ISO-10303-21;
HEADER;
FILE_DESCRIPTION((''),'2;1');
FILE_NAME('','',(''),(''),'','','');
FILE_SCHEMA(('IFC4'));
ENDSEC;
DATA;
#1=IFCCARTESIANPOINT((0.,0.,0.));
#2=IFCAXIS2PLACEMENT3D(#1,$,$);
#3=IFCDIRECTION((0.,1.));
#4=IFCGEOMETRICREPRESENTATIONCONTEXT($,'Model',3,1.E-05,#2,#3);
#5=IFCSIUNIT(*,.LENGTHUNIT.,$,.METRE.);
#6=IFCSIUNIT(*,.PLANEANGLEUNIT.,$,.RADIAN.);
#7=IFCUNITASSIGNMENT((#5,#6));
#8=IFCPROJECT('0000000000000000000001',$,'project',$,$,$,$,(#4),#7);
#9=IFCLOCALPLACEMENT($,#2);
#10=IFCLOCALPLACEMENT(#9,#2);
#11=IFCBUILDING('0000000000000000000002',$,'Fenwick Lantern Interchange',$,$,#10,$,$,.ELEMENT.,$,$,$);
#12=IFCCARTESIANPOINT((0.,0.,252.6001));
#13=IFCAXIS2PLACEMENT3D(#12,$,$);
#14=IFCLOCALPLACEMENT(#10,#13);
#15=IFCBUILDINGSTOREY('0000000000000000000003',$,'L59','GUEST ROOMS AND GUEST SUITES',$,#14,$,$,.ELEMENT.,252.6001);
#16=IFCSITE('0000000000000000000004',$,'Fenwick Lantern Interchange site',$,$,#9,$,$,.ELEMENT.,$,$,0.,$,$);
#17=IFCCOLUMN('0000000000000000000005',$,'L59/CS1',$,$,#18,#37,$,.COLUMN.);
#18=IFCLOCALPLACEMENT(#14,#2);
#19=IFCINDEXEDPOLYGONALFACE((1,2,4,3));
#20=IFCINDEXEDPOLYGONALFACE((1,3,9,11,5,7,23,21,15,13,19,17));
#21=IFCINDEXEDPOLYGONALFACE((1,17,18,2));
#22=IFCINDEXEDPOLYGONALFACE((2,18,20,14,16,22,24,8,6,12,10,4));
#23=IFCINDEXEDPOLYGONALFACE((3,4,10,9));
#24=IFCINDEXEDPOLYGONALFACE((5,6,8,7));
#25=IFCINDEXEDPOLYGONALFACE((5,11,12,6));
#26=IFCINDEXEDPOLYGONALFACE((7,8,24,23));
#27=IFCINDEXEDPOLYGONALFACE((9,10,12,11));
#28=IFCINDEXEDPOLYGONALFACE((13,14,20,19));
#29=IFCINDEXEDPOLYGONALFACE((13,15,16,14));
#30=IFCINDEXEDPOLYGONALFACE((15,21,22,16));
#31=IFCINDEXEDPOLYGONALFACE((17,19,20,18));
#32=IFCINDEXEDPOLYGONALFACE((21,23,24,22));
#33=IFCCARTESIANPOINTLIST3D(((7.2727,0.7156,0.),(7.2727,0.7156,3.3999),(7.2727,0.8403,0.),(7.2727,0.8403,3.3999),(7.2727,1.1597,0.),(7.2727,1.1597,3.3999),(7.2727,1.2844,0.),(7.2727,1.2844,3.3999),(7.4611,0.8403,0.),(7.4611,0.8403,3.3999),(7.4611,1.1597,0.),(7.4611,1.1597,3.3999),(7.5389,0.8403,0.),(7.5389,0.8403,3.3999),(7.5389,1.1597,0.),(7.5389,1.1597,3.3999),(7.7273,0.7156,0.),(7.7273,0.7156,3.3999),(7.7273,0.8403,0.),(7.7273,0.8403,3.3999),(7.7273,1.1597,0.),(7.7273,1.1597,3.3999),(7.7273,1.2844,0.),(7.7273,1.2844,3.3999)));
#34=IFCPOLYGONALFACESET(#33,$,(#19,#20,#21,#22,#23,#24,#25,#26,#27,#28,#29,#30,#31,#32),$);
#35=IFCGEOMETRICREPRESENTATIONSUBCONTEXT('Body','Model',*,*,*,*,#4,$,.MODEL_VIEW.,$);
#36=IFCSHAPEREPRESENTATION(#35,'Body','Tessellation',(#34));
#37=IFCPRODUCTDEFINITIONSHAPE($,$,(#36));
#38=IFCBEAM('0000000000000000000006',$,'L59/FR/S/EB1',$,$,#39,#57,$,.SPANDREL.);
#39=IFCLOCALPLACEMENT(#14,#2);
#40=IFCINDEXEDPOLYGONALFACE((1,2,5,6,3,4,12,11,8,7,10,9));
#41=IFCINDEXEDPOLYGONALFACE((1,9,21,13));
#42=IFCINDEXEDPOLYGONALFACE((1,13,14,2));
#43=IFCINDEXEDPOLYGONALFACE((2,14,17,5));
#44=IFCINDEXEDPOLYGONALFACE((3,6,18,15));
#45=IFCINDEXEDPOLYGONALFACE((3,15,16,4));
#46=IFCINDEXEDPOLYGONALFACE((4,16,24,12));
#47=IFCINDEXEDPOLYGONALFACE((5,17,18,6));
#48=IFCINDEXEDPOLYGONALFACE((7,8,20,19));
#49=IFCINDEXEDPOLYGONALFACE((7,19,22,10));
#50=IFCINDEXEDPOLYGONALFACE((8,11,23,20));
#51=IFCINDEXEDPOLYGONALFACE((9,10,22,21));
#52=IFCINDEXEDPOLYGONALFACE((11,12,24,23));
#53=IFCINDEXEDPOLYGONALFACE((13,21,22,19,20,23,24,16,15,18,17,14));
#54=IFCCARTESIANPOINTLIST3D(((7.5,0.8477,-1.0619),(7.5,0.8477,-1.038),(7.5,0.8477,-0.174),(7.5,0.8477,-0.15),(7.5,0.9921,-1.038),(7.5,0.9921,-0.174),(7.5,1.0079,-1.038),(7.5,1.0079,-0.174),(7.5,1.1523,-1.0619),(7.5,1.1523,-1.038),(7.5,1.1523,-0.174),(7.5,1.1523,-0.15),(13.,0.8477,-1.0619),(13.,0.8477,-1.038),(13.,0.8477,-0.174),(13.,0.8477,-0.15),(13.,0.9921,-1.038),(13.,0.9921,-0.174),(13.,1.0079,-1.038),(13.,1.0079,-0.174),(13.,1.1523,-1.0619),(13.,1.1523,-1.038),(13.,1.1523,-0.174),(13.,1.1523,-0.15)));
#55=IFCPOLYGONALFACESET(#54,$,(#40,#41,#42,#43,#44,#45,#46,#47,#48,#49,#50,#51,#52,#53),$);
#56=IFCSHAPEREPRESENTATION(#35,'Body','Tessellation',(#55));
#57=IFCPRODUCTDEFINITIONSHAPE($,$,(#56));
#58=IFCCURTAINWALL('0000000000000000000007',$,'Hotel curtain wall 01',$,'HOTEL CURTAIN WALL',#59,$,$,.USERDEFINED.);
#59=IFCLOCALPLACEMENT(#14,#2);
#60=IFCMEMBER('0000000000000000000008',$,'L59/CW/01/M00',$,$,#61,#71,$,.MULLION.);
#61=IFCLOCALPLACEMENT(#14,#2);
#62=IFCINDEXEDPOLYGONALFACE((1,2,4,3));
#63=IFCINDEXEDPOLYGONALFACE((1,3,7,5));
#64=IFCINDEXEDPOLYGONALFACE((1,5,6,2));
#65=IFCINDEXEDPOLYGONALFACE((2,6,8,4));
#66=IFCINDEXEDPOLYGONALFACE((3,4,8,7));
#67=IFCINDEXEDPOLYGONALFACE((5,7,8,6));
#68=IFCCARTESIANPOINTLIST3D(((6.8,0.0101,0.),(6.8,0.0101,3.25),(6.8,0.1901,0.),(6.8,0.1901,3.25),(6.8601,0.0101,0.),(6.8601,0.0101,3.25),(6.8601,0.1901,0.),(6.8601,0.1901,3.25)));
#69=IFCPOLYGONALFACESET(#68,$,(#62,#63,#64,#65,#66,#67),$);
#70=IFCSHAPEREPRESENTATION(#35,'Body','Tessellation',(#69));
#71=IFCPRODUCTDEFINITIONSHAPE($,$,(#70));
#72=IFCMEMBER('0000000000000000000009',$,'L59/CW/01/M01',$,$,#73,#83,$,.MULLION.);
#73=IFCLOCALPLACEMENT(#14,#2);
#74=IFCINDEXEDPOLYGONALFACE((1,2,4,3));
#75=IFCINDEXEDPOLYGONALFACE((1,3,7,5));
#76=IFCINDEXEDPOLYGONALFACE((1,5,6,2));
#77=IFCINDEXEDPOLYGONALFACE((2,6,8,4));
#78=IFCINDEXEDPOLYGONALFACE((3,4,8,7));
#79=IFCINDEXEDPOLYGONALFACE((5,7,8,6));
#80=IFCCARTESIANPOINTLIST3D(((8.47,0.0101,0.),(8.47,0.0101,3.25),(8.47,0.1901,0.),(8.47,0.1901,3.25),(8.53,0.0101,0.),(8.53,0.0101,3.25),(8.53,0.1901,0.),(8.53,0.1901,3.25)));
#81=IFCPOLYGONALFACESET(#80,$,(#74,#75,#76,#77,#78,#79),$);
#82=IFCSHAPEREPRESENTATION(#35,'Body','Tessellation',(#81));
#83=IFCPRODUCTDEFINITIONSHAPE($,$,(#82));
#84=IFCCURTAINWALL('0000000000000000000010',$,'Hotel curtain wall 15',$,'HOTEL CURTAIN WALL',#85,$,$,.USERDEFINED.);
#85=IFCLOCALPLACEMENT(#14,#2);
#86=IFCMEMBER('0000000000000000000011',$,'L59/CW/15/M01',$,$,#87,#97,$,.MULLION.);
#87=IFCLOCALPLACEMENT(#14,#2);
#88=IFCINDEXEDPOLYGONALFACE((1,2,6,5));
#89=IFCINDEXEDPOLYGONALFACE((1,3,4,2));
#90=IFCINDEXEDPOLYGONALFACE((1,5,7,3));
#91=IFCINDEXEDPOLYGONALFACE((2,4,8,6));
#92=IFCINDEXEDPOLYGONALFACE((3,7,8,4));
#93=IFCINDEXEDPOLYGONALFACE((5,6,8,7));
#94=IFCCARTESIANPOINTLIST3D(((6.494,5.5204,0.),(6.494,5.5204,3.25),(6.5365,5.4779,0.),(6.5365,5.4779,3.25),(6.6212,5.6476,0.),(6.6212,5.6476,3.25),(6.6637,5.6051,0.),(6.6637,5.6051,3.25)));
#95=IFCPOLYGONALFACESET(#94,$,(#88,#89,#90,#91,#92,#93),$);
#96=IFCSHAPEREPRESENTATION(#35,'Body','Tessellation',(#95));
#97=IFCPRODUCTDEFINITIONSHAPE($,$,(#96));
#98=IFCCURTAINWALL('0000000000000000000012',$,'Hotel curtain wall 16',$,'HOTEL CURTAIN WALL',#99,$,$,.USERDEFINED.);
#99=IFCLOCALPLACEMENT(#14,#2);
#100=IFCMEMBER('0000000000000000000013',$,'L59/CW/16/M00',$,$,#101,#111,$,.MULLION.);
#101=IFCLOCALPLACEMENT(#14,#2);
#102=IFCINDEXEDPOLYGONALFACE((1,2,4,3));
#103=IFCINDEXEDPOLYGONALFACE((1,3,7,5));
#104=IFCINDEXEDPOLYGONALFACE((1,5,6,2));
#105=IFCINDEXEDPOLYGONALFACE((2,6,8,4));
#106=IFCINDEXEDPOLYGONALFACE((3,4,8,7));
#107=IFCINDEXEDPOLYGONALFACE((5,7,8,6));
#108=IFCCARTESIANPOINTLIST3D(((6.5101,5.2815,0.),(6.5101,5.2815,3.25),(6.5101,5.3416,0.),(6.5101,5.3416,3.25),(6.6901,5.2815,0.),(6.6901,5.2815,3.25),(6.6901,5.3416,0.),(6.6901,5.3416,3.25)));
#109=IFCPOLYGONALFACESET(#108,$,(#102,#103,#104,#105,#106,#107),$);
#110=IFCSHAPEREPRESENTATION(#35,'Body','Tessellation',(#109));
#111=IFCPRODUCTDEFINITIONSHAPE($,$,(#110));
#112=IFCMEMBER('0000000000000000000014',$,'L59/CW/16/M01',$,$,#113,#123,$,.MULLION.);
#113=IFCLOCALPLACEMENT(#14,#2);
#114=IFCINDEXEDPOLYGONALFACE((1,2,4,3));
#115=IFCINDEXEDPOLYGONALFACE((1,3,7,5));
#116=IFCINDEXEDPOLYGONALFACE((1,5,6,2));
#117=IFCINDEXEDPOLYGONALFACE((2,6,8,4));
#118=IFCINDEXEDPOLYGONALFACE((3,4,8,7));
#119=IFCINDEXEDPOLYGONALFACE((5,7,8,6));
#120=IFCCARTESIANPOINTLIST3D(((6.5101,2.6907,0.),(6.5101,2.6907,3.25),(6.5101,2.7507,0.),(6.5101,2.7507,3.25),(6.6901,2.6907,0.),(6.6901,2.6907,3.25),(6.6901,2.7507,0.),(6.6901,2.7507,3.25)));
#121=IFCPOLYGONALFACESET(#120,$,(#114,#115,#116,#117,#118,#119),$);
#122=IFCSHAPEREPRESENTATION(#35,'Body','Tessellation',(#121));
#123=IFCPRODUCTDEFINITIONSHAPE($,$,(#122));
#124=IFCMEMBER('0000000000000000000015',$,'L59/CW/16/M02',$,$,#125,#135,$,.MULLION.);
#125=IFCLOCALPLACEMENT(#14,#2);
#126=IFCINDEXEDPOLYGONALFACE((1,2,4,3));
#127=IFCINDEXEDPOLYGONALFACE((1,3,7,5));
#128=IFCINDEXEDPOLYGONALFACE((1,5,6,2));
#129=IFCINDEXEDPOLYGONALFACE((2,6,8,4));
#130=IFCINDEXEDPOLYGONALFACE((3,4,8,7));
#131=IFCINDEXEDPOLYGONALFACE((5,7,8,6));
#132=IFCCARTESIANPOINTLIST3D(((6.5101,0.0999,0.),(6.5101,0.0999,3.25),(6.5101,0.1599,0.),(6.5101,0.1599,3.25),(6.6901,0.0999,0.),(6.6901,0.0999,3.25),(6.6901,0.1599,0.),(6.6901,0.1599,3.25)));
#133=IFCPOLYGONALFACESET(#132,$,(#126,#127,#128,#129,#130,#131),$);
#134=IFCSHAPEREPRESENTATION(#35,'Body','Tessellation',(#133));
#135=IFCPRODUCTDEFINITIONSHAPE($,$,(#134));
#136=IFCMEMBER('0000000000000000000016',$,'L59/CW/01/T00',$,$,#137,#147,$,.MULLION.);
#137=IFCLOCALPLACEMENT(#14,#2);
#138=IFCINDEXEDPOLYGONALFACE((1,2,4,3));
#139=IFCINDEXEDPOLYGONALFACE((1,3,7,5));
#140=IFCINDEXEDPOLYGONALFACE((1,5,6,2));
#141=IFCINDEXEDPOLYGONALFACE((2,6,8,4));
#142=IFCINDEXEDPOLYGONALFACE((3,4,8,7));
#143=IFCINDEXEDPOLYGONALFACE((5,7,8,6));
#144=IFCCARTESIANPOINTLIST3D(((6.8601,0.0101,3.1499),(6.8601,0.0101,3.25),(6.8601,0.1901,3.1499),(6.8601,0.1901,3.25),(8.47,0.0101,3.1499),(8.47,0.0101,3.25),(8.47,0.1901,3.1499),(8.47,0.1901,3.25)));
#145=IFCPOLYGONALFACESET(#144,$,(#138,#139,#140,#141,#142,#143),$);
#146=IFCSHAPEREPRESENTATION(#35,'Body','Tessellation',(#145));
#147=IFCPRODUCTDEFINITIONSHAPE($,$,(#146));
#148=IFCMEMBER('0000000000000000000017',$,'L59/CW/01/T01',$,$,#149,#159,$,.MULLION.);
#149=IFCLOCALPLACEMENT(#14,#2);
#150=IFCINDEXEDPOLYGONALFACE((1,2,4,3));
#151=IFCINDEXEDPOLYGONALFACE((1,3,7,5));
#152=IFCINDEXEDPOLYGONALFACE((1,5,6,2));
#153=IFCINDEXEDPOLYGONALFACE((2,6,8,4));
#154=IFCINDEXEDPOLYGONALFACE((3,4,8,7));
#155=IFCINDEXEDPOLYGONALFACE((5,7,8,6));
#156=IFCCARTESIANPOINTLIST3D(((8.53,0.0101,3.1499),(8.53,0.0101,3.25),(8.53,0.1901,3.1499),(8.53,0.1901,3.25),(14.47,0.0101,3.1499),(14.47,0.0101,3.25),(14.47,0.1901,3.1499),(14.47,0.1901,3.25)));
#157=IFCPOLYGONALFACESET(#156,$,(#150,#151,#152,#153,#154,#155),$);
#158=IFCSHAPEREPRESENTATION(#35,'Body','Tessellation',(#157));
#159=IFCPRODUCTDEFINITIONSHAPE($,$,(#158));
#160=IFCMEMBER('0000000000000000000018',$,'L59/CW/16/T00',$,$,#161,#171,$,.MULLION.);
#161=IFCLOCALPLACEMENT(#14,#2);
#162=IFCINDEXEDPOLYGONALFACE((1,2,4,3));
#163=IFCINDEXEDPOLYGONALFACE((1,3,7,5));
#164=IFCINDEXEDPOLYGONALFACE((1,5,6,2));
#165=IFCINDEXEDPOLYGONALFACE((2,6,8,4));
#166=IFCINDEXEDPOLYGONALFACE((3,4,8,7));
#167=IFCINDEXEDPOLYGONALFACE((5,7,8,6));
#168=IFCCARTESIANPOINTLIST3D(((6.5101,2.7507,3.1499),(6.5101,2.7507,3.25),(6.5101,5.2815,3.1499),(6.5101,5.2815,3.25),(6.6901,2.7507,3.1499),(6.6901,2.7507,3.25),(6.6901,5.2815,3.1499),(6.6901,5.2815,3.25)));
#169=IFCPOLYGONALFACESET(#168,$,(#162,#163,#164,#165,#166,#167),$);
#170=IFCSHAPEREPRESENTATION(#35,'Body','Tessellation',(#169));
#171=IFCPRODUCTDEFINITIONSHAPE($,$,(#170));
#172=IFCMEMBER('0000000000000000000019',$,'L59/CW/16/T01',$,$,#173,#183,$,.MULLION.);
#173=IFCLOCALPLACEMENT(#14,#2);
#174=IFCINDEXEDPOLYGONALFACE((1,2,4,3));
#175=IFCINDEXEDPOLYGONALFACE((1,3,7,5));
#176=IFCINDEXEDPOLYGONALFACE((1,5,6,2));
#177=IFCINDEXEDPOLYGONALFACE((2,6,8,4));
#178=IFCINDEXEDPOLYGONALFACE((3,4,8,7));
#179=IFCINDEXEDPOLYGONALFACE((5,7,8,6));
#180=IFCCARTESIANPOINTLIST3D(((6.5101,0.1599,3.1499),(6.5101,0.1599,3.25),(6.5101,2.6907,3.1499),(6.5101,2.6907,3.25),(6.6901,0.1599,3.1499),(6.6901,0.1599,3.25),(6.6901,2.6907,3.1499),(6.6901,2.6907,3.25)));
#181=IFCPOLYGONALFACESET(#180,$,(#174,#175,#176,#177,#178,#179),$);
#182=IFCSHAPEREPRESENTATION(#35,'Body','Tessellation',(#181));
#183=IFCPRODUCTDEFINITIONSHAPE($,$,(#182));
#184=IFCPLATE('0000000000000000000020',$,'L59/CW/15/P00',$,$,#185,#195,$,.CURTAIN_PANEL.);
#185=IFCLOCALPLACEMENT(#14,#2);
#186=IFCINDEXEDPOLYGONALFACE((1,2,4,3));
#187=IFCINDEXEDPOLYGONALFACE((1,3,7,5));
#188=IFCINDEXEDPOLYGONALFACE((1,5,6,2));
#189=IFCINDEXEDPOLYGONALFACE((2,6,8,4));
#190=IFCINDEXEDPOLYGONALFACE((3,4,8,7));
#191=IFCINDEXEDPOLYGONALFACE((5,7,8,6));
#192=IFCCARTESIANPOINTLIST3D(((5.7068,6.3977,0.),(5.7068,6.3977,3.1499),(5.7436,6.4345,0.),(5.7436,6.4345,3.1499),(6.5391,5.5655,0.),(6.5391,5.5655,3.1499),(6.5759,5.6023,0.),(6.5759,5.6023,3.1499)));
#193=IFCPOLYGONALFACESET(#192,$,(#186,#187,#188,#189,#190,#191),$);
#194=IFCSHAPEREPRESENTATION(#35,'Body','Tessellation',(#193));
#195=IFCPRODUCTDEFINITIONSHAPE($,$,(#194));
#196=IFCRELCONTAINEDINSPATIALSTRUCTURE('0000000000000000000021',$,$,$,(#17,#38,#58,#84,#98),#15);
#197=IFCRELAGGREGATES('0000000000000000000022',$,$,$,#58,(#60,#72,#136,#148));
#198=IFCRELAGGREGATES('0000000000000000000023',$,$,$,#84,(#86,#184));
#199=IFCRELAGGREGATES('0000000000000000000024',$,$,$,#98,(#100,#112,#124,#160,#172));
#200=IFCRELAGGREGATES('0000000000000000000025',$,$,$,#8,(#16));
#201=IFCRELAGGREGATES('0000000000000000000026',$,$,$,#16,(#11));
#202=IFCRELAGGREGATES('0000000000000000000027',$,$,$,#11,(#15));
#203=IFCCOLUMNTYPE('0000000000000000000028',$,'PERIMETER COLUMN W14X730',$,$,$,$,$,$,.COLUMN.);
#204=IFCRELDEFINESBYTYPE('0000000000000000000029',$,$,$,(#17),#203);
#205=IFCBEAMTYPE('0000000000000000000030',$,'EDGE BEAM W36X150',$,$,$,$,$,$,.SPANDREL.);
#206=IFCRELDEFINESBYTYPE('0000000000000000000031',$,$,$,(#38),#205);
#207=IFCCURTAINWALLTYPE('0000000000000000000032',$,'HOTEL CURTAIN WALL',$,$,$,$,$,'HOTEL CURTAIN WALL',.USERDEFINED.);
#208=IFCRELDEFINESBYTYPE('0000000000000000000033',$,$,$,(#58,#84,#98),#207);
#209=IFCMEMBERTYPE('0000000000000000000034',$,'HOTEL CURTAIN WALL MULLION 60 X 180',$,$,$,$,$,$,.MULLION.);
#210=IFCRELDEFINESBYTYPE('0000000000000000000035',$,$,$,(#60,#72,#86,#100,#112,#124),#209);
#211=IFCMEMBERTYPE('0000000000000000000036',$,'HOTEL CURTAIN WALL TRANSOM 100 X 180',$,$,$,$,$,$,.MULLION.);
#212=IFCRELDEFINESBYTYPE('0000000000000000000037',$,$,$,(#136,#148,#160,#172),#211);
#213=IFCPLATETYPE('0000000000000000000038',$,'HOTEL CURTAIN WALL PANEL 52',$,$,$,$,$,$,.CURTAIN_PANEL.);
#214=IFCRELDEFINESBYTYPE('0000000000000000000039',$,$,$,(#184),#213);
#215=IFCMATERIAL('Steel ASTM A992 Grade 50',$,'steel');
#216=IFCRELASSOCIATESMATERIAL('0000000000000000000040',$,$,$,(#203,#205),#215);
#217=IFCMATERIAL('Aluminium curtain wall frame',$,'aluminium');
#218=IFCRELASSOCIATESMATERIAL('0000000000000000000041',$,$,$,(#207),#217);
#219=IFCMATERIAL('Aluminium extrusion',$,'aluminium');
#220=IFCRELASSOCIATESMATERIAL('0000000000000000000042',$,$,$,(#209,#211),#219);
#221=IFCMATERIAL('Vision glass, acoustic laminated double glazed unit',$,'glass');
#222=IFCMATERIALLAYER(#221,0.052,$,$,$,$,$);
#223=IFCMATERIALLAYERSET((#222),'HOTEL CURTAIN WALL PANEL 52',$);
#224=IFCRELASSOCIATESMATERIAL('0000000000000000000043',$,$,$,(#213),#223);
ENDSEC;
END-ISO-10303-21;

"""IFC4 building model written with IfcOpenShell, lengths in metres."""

from ifc_helpers import new_model, si_unit, direction, frame, origin, origin_2d, place, context, subcontext, project, spatial, rectangle, i_section, extrude, material, layer, layer_set, material_profile, profile_set, type_object, element, aggregate, save


model = new_model("IFC4")

# Units and contexts
model_context = context("Model", 3, precision=1e-05, world=origin(), true_north=direction((0.0, 1.0)))
body_context = subcontext(model_context, "Body", "Model", "MODEL_VIEW")
ifc_project = project(units=[si_unit("LENGTHUNIT", "METRE"), si_unit("PLANEANGLEUNIT", "RADIAN")], contexts=[model_context])

# Site, building, storey
site_placement = place(None, origin())
site = spatial("IfcSite", under=ifc_project, at=site_placement, Name="Fenwick Lantern Interchange site", CompositionType="ELEMENT", RefElevation=0.0)
building_placement = place(site_placement, origin())
building = spatial("IfcBuilding", under=site, at=building_placement, Name="Fenwick Lantern Interchange", CompositionType="ELEMENT")
storey_placement = place(building_placement, frame((0.0, 0.0, 252.6001)))
storey = spatial("IfcBuildingStorey", under=building, at=storey_placement, Name="L59", Description="GUEST ROOMS AND GUEST SUITES", CompositionType="ELEMENT", Elevation=252.6001)

# Column
ifc_material_1 = material(Name="Steel ASTM A992 Grade 50", Category="steel")
ifc_material_profile_1 = material_profile(ifc_material_1, i_section(OverallWidth=0.4546, OverallDepth=0.5688, WebThickness=0.0779, FlangeThickness=0.1248, at=origin_2d()), Name="W14X730")
ifc_profile_set_1 = profile_set([ifc_material_profile_1], Name="Steel ASTM A992 Grade 50")
column_type = type_object("IfcColumnType", Name="PERIMETER COLUMN W14X730", PredefinedType="COLUMN", material=ifc_profile_set_1)
column_placement = place(storey_placement, frame((7.5, 1.0, 0.0), z_axis=(0.0, 0.0, 1.0), x_axis=(1.0, 0.0, 0.0)))
element("IfcColumn", 1, at=column_placement, inside=storey, type_object=column_type, Name="L59/CS1", PredefinedType="COLUMN", context=body_context, shape_type="SweptSolid", body=[
    extrude(i_section(OverallWidth=0.4546, OverallDepth=0.5688, WebThickness=0.0779, FlangeThickness=0.1248, at=origin_2d()), origin(), (0.0, 0.0, 1.0), 3.3999),
])

# Beam
ifc_material_profile_2 = material_profile(ifc_material_1, i_section(OverallWidth=0.3047, OverallDepth=0.9119, WebThickness=0.0159, FlangeThickness=0.0239, at=origin_2d()), Name="W36X150")
ifc_profile_set_2 = profile_set([ifc_material_profile_2], Name="Steel ASTM A992 Grade 50")
beam_type = type_object("IfcBeamType", Name="EDGE BEAM W36X150", PredefinedType="SPANDREL", material=ifc_profile_set_2)
beam_placement = place(storey_placement, frame((7.5, 1.0, -0.606), z_axis=(1.0, 0.0, 0.0), x_axis=(0.0, 1.0, 0.0)))
element("IfcBeam", 2, at=beam_placement, inside=storey, type_object=beam_type, Name="L59/FR/S/EB1", PredefinedType="SPANDREL", context=body_context, shape_type="SweptSolid", body=[
    extrude(i_section(OverallWidth=0.3047, OverallDepth=0.9119, WebThickness=0.0159, FlangeThickness=0.0239, at=origin_2d()), origin(), (0.0, 0.0, 1.0), 5.5),
])

# Curtain wall, members
ifc_material_2 = material(Name="Aluminium curtain wall frame", Category="aluminium")
curtain_wall_type = type_object("IfcCurtainWallType", Name="HOTEL CURTAIN WALL", ElementType="HOTEL CURTAIN WALL", PredefinedType="USERDEFINED", material=ifc_material_2)
curtain_wall_1_placement = place(storey_placement, origin())
curtain_wall_1 = element("IfcCurtainWall", 3, at=curtain_wall_1_placement, inside=storey, type_object=curtain_wall_type, Name="Hotel curtain wall 01", ObjectType="HOTEL CURTAIN WALL", PredefinedType="USERDEFINED")
ifc_material_3 = material(Name="Aluminium extrusion", Category="aluminium")
ifc_material_profile_3 = material_profile(ifc_material_3, rectangle(XDim=0.1799, YDim=0.0601, at=origin_2d()), Name="HOTEL CURTAIN WALL MULLION 60 X 180")
ifc_profile_set_3 = profile_set([ifc_material_profile_3], Name="Aluminium extrusion")
member_type_1 = type_object("IfcMemberType", Name="HOTEL CURTAIN WALL MULLION 60 X 180", PredefinedType="MULLION", material=ifc_profile_set_3)
member_1_placement = place(storey_placement, frame((6.8301, 0.1001, 0.0), z_axis=(0.0, 0.0, 1.0), x_axis=(0.0, 1.0, 0.0)))
member_1 = element("IfcMember", 4, at=member_1_placement, type_object=member_type_1, Name="L59/CW/01/M00", PredefinedType="MULLION", context=body_context, shape_type="SweptSolid", body=[
    extrude(rectangle(XDim=0.1799, YDim=0.0601, at=origin_2d()), origin(), (0.0, 0.0, 1.0), 3.25),
])
member_2_placement = place(storey_placement, frame((8.5, 0.1001, 0.0), z_axis=(0.0, 0.0, 1.0), x_axis=(0.0, 1.0, 0.0)))
member_2 = element("IfcMember", 5, at=member_2_placement, type_object=member_type_1, Name="L59/CW/01/M01", PredefinedType="MULLION", context=body_context, shape_type="SweptSolid", body=[
    extrude(rectangle(XDim=0.1799, YDim=0.0601, at=origin_2d()), origin(), (0.0, 0.0, 1.0), 3.25),
])

# Curtain wall, member
curtain_wall_2_placement = place(storey_placement, origin())
curtain_wall_2 = element("IfcCurtainWall", 6, at=curtain_wall_2_placement, inside=storey, type_object=curtain_wall_type, Name="Hotel curtain wall 15", ObjectType="HOTEL CURTAIN WALL", PredefinedType="USERDEFINED")
member_3_placement = place(storey_placement, frame((6.5789, 5.5627, 0.0), z_axis=(0.0, 0.0, 1.0), x_axis=(0.707107, 0.707107, 0.0)))
member_3 = element("IfcMember", 7, at=member_3_placement, type_object=member_type_1, Name="L59/CW/15/M01", PredefinedType="MULLION", context=body_context, shape_type="SweptSolid", body=[
    extrude(rectangle(XDim=0.1799, YDim=0.0601, at=origin_2d()), origin(), (0.0, 0.0, 1.0), 3.25),
])

# Curtain wall, members
curtain_wall_3_placement = place(storey_placement, origin())
curtain_wall_3 = element("IfcCurtainWall", 8, at=curtain_wall_3_placement, inside=storey, type_object=curtain_wall_type, Name="Hotel curtain wall 16", ObjectType="HOTEL CURTAIN WALL", PredefinedType="USERDEFINED")
member_4_placement = place(storey_placement, frame((6.6001, 5.3115, 0.0), z_axis=(0.0, 0.0, 1.0), x_axis=(1.0, 0.0, 0.0)))
member_4 = element("IfcMember", 9, at=member_4_placement, type_object=member_type_1, Name="L59/CW/16/M00", PredefinedType="MULLION", context=body_context, shape_type="SweptSolid", body=[
    extrude(rectangle(XDim=0.1799, YDim=0.0601, at=origin_2d()), origin(), (0.0, 0.0, 1.0), 3.25),
])
member_5_placement = place(storey_placement, frame((6.6001, 2.7207, 0.0), z_axis=(0.0, 0.0, 1.0), x_axis=(1.0, 0.0, 0.0)))
member_5 = element("IfcMember", 10, at=member_5_placement, type_object=member_type_1, Name="L59/CW/16/M01", PredefinedType="MULLION", context=body_context, shape_type="SweptSolid", body=[
    extrude(rectangle(XDim=0.1799, YDim=0.0601, at=origin_2d()), origin(), (0.0, 0.0, 1.0), 3.25),
])
member_6_placement = place(storey_placement, frame((6.6001, 0.1299, 0.0), z_axis=(0.0, 0.0, 1.0), x_axis=(1.0, 0.0, 0.0)))
member_6 = element("IfcMember", 11, at=member_6_placement, type_object=member_type_1, Name="L59/CW/16/M02", PredefinedType="MULLION", context=body_context, shape_type="SweptSolid", body=[
    extrude(rectangle(XDim=0.1799, YDim=0.0601, at=origin_2d()), origin(), (0.0, 0.0, 1.0), 3.25),
])

# Members
ifc_material_profile_4 = material_profile(ifc_material_3, rectangle(XDim=0.1799, YDim=0.1001, at=origin_2d()), Name="HOTEL CURTAIN WALL TRANSOM 100 X 180")
ifc_profile_set_4 = profile_set([ifc_material_profile_4], Name="Aluminium extrusion")
member_type_2 = type_object("IfcMemberType", Name="HOTEL CURTAIN WALL TRANSOM 100 X 180", PredefinedType="MULLION", material=ifc_profile_set_4)
member_7_placement = place(storey_placement, frame((6.8601, 0.1001, 3.2), z_axis=(1.0, 0.0, 0.0), x_axis=(0.0, 1.0, 0.0)))
member_7 = element("IfcMember", 12, at=member_7_placement, type_object=member_type_2, Name="L59/CW/01/T00", PredefinedType="MULLION", context=body_context, shape_type="SweptSolid", body=[
    extrude(rectangle(XDim=0.1799, YDim=0.1001, at=origin_2d()), origin(), (0.0, 0.0, 1.0), 1.6099),
])
member_8_placement = place(storey_placement, frame((8.53, 0.1001, 3.2), z_axis=(1.0, 0.0, 0.0), x_axis=(0.0, 1.0, 0.0)))
member_8 = element("IfcMember", 13, at=member_8_placement, type_object=member_type_2, Name="L59/CW/01/T01", PredefinedType="MULLION", context=body_context, shape_type="SweptSolid", body=[
    extrude(rectangle(XDim=0.1799, YDim=0.1001, at=origin_2d()), origin(), (0.0, 0.0, 1.0), 5.9399),
])
member_9_placement = place(storey_placement, frame((6.6001, 5.2815, 3.2), z_axis=(0.0, -1.0, 0.0), x_axis=(1.0, 0.0, 0.0)))
member_9 = element("IfcMember", 14, at=member_9_placement, type_object=member_type_2, Name="L59/CW/16/T00", PredefinedType="MULLION", context=body_context, shape_type="SweptSolid", body=[
    extrude(rectangle(XDim=0.1799, YDim=0.1001, at=origin_2d()), origin(), (0.0, 0.0, 1.0), 2.5308),
])
member_10_placement = place(storey_placement, frame((6.6001, 2.6907, 3.2), z_axis=(0.0, -1.0, 0.0), x_axis=(1.0, 0.0, 0.0)))
member_10 = element("IfcMember", 15, at=member_10_placement, type_object=member_type_2, Name="L59/CW/16/T01", PredefinedType="MULLION", context=body_context, shape_type="SweptSolid", body=[
    extrude(rectangle(XDim=0.1799, YDim=0.1001, at=origin_2d()), origin(), (0.0, 0.0, 1.0), 2.5308),
])

# Plate
ifc_material_4 = material(Name="Vision glass, acoustic laminated double glazed unit", Category="glass")
ifc_layer_1 = layer(ifc_material_4, 0.052)
ifc_layer_set_1 = layer_set([ifc_layer_1], Name="HOTEL CURTAIN WALL PANEL 52")
plate_type = type_object("IfcPlateType", Name="HOTEL CURTAIN WALL PANEL 52", PredefinedType="CURTAIN_PANEL", material=ifc_layer_set_1)
aggregate(curtain_wall_1, [member_1, member_2, member_7, member_8])
plate_1_placement = place(storey_placement, frame((6.1414, 6.0, 0.0), z_axis=(0.0, 0.0, 1.0), x_axis=(0.707107, -0.707107, 0.0)))
plate_1 = element("IfcPlate", 16, at=plate_1_placement, type_object=plate_type, Name="L59/CW/15/P00", PredefinedType="CURTAIN_PANEL", context=body_context, shape_type="SweptSolid", body=[
    extrude(rectangle(XDim=1.177, YDim=0.052, at=origin_2d()), origin(), (0.0, 0.0, 1.0), 3.1499),
])
aggregate(curtain_wall_2, [member_3, plate_1])
aggregate(curtain_wall_3, [member_4, member_5, member_6, member_9, member_10])

save(model, "model.ifc")
